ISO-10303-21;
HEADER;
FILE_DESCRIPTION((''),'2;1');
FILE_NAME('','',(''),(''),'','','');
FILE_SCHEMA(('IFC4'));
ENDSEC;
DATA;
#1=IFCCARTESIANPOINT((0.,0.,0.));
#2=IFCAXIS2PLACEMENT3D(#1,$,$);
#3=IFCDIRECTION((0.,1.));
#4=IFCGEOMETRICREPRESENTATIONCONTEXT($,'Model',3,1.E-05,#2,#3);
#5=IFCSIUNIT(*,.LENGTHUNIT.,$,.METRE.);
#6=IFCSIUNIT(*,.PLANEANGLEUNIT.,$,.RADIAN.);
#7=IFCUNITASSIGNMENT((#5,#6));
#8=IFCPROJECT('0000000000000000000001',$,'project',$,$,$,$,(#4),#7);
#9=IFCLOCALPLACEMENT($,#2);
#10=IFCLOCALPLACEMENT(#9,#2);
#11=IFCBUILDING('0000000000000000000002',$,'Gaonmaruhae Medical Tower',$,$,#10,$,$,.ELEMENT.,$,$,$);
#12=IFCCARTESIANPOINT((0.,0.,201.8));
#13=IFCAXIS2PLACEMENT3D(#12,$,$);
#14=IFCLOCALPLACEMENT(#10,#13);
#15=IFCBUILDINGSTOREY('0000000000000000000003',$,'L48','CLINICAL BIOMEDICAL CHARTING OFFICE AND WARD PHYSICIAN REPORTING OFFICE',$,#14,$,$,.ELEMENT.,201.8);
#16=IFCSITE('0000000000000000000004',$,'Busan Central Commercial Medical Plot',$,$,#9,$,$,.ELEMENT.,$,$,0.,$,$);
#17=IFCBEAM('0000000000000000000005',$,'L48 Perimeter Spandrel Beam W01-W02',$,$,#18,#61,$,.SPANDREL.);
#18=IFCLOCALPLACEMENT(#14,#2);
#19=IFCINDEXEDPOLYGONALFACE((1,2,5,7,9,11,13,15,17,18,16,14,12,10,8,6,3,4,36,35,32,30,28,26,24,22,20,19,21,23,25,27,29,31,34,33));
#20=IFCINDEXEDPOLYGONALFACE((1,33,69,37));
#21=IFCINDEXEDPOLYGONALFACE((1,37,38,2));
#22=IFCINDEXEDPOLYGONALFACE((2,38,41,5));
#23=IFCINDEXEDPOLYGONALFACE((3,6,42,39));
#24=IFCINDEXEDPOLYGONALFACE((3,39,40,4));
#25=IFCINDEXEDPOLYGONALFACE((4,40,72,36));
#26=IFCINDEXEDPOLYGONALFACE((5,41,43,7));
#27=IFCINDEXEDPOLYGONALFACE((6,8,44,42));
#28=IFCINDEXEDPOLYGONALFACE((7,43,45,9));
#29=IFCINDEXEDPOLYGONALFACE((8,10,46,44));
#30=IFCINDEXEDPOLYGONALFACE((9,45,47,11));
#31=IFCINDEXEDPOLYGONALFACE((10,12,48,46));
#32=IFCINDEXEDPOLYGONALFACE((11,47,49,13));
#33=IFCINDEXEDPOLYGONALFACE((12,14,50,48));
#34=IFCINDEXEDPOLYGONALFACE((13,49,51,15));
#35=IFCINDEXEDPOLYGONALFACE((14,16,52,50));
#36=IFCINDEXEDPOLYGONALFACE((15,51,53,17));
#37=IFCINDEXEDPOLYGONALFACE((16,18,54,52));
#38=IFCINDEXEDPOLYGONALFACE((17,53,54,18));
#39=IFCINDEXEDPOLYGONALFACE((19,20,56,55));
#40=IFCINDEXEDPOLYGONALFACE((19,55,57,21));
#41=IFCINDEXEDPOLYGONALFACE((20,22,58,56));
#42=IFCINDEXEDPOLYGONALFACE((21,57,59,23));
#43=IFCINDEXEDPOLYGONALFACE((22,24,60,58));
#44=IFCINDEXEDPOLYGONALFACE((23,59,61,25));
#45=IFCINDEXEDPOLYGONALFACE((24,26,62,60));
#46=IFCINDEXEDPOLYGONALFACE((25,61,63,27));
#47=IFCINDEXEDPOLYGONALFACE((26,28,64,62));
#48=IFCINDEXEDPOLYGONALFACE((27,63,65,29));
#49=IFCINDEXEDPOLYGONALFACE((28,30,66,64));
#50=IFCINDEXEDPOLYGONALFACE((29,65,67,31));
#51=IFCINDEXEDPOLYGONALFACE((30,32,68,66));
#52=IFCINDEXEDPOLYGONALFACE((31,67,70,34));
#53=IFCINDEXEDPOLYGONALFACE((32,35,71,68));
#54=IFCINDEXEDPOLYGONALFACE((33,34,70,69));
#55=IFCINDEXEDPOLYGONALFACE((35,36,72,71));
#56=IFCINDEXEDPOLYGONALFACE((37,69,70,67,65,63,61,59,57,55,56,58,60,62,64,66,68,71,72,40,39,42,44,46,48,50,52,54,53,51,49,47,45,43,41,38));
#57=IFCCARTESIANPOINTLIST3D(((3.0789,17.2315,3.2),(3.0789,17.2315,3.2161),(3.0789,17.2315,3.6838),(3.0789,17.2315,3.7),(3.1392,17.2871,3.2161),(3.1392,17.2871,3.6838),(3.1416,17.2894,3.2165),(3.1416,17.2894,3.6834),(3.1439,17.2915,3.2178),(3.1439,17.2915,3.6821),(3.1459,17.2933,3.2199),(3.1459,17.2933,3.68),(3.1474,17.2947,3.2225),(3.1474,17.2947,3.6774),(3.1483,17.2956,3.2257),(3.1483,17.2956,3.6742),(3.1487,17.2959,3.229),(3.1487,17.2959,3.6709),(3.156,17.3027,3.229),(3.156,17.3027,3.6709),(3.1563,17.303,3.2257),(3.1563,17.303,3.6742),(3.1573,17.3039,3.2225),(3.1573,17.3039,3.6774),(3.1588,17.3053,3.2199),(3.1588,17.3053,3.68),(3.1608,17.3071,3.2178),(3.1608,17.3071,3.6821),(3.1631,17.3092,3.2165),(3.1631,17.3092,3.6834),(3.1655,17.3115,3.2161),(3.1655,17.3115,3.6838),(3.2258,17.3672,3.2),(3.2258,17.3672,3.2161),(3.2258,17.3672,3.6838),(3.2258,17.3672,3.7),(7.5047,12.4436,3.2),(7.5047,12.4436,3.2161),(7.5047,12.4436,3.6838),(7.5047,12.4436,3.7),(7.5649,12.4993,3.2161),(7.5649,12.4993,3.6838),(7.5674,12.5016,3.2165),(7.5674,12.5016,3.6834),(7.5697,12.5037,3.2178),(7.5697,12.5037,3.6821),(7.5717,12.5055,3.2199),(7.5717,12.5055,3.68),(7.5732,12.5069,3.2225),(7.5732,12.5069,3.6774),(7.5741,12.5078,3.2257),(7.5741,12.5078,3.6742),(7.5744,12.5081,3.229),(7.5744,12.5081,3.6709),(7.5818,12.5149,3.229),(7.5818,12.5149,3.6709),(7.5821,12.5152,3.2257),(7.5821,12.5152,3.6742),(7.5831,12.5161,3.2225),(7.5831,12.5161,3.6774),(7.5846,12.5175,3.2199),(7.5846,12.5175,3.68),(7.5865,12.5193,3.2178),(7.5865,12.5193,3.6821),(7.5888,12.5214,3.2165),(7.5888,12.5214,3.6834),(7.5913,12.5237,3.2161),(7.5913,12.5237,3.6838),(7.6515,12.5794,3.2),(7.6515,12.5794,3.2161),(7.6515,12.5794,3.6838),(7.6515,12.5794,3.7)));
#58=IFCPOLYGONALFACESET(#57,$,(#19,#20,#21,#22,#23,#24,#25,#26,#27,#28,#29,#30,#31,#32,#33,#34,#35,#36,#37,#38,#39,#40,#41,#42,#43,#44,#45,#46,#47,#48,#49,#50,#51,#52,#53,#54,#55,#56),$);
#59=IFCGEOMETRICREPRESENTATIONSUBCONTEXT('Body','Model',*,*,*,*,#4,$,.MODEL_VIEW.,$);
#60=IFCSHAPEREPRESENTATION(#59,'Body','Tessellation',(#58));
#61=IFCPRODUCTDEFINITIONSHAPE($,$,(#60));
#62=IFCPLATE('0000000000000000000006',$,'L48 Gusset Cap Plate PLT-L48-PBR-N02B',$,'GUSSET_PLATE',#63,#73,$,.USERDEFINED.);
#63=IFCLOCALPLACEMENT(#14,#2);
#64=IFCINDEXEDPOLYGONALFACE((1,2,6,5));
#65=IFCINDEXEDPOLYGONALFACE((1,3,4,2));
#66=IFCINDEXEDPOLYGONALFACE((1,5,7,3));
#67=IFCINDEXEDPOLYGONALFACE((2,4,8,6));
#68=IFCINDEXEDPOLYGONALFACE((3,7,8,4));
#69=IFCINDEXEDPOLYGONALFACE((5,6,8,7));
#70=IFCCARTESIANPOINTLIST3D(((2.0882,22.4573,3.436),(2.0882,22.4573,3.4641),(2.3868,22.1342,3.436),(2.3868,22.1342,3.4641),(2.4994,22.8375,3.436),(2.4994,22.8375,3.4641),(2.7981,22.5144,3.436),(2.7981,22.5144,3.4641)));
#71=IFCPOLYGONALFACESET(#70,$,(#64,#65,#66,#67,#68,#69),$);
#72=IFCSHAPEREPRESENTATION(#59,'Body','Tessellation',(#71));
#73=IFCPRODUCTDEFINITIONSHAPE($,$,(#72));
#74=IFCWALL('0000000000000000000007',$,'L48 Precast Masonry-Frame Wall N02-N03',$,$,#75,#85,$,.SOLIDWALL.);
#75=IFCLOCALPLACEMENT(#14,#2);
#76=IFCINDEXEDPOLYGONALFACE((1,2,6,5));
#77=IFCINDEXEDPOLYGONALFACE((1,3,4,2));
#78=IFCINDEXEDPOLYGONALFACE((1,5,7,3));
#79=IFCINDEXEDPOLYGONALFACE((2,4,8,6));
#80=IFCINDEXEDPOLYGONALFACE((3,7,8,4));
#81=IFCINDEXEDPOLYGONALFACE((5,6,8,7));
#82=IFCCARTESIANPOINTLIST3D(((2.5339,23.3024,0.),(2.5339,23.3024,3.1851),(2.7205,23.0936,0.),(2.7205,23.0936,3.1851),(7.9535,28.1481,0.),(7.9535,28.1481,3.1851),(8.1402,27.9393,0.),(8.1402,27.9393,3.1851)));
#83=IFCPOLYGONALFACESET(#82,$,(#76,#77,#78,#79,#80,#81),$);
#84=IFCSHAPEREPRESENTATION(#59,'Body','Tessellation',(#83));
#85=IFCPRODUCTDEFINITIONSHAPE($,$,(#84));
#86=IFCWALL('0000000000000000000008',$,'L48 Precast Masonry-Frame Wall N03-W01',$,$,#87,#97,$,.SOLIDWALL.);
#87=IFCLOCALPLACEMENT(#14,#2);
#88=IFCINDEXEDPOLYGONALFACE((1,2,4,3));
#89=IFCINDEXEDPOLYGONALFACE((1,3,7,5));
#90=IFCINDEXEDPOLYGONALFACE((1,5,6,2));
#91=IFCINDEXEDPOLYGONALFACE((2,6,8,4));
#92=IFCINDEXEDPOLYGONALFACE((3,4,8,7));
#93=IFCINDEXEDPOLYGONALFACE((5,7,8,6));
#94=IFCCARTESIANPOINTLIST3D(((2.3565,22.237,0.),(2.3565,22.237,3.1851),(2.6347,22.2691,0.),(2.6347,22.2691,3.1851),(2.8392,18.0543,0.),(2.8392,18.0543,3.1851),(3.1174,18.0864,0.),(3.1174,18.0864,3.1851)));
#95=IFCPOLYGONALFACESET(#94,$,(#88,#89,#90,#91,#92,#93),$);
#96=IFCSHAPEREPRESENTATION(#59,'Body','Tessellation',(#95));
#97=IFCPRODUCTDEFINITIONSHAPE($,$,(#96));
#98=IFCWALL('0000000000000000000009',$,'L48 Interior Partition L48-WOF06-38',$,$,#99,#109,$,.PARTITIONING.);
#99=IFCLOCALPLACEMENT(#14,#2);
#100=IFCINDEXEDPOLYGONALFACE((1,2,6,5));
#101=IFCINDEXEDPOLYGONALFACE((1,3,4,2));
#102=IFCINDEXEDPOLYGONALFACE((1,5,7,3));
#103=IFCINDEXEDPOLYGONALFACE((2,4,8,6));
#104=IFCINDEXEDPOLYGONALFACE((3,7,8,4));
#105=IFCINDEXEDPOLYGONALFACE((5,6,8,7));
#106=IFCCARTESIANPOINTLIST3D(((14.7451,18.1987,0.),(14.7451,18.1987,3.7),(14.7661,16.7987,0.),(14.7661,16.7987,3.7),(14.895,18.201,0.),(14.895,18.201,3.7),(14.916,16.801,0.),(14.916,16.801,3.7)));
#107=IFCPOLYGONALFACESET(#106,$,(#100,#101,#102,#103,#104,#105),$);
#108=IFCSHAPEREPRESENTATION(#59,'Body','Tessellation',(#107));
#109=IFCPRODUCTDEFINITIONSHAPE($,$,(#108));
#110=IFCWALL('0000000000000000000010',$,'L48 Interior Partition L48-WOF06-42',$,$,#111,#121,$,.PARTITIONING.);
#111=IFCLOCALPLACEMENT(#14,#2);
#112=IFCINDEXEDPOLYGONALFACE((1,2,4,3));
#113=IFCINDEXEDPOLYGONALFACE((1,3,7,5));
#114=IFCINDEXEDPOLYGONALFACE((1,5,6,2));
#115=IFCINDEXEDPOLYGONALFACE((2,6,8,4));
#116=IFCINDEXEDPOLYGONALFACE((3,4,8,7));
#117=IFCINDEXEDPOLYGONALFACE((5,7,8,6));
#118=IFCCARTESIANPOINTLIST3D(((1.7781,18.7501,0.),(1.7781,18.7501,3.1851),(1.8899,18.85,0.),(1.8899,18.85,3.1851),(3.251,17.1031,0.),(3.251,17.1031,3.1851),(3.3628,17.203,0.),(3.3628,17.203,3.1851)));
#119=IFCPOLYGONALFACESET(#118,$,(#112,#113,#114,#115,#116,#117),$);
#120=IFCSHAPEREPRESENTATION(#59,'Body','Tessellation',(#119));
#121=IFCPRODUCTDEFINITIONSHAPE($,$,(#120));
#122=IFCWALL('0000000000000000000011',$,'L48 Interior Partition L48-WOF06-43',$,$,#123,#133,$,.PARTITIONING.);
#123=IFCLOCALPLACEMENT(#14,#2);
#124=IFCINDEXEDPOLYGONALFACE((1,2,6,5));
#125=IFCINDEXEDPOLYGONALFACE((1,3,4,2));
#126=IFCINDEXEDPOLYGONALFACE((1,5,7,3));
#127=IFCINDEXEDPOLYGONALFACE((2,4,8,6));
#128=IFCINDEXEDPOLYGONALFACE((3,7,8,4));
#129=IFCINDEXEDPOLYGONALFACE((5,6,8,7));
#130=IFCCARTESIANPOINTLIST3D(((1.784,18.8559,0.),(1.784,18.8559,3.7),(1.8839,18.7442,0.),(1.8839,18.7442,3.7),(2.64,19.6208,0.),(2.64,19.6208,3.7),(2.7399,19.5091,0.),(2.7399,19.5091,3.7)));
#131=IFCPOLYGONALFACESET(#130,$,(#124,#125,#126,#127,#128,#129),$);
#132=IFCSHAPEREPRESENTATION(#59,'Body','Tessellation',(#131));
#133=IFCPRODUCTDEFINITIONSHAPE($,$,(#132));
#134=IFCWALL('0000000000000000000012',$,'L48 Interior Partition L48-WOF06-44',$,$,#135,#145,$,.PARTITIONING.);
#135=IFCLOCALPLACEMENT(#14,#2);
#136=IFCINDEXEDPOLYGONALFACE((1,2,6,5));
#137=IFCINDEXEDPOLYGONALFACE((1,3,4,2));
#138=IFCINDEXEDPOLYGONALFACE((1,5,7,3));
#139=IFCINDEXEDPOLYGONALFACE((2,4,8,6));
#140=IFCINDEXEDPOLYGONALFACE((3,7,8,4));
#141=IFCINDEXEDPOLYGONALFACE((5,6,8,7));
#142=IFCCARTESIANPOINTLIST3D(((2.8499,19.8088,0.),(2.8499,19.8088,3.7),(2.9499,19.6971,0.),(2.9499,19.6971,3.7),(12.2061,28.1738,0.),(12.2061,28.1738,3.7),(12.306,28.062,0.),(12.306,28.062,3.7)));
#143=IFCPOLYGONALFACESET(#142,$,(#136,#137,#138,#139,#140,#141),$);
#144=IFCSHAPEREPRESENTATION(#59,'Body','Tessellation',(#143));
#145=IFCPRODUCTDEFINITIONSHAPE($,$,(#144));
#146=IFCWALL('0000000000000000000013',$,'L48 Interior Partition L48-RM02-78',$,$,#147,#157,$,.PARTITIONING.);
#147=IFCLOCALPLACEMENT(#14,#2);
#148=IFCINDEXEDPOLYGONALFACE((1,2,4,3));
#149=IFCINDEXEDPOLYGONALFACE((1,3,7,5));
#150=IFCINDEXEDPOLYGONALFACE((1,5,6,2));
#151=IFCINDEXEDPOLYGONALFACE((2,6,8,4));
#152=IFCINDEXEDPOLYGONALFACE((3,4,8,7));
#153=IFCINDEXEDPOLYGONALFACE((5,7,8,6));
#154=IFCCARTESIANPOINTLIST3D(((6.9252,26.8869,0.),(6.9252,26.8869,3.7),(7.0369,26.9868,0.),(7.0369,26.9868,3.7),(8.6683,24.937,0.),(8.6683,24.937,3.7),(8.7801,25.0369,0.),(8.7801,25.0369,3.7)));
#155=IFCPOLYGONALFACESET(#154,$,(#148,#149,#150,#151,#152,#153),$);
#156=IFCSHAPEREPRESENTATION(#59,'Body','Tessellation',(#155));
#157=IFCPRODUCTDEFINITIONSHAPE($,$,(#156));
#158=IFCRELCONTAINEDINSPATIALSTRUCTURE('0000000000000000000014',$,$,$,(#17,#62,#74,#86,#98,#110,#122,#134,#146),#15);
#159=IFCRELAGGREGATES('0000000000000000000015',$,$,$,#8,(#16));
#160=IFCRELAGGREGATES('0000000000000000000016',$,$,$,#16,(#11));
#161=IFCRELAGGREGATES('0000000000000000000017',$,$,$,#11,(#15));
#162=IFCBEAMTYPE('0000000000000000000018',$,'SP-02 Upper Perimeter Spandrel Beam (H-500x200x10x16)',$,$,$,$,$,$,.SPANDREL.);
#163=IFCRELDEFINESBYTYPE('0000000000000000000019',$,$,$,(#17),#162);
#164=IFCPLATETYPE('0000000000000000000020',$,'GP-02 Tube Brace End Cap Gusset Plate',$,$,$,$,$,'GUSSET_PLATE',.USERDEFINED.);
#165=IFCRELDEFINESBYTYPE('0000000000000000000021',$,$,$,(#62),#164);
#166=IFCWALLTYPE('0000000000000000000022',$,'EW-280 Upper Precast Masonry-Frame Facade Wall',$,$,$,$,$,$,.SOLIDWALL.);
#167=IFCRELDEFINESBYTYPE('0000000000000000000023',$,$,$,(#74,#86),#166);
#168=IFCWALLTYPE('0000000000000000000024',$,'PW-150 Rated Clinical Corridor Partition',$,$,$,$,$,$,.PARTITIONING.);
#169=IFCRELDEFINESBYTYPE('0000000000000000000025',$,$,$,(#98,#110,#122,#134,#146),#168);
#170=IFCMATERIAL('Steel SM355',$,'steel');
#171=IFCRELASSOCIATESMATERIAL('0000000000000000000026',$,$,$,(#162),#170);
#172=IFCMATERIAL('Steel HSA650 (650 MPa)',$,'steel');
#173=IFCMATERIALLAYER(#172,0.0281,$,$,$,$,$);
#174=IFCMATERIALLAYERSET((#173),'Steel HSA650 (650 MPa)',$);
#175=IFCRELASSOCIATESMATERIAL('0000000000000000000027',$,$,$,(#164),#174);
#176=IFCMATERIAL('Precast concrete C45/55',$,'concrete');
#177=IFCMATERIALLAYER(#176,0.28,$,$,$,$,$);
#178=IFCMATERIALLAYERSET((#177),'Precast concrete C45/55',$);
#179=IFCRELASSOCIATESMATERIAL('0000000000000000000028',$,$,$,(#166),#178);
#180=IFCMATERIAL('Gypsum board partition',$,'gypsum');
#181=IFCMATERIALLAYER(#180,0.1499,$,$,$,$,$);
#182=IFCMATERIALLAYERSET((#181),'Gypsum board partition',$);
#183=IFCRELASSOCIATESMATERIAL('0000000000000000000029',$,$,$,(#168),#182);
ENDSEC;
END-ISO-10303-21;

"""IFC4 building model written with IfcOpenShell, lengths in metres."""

from ifc_helpers import new_model, si_unit, direction, frame, frame_2d, origin, origin_2d, place, context, subcontext, project, spatial, rectangle, i_section, extrude, material, layer, layer_set, material_profile, profile_set, type_object, element, save


model = new_model("IFC4")

# Units and contexts
model_context = context("Model", 3, precision=1e-05, world=origin(), true_north=direction((0.0, 1.0)))
body_context = subcontext(model_context, "Body", "Model", "MODEL_VIEW")
ifc_project = project(units=[si_unit("LENGTHUNIT", "METRE"), si_unit("PLANEANGLEUNIT", "RADIAN")], contexts=[model_context])

# Site, building, storey
site_placement = place(None, origin())
site = spatial("IfcSite", under=ifc_project, at=site_placement, Name="Busan Central Commercial Medical Plot", CompositionType="ELEMENT", RefElevation=0.0)
building_placement = place(site_placement, origin())
building = spatial("IfcBuilding", under=site, at=building_placement, Name="Gaonmaruhae Medical Tower", CompositionType="ELEMENT")
storey_placement = place(building_placement, frame((0.0, 0.0, 201.8)))
storey = spatial("IfcBuildingStorey", under=building, at=storey_placement, Name="L48", Description="CLINICAL BIOMEDICAL CHARTING OFFICE AND WARD PHYSICIAN REPORTING OFFICE", CompositionType="ELEMENT", Elevation=201.8)

# Beam
ifc_material_1 = material(Name="Steel SM355", Category="steel")
ifc_material_profile_1 = material_profile(ifc_material_1, i_section(OverallWidth=0.2, OverallDepth=0.5, WebThickness=0.01, FlangeThickness=0.0161, FilletRadius=0.0129, at=origin_2d()), Name="H-500x200x10x16")
ifc_profile_set_1 = profile_set([ifc_material_profile_1], Name="Steel SM355")
beam_type_1 = type_object("IfcBeamType", Name="SP-02 Upper Perimeter Spandrel Beam (H-500x200x10x16)", PredefinedType="SPANDREL", material=ifc_profile_set_1)
beam_1_placement = place(storey_placement, frame((3.1523, 17.2993, 3.45), z_axis=(0.678796, -0.734327, 0.0), x_axis=(0.734327, 0.678796, 0.0)))
element("IfcBeam", 1, at=beam_1_placement, inside=storey, type_object=beam_type_1, Name="L48 Perimeter Spandrel Beam W01-W02", PredefinedType="SPANDREL", context=body_context, shape_type="SweptSolid", body=[
    extrude(i_section(OverallWidth=0.2, OverallDepth=0.5, WebThickness=0.01, FlangeThickness=0.0161, FilletRadius=0.0129, at=origin_2d()), origin(), (0.0, 0.0, 1.0), 6.52),
])

# Plate
ifc_material_2 = material(Name="Steel HSA650 (650 MPa)", Category="steel")
ifc_layer_1 = layer(ifc_material_2, 0.0281)
ifc_layer_set_1 = layer_set([ifc_layer_1], Name="Steel HSA650 (650 MPa)")
plate_type = type_object("IfcPlateType", Name="GP-02 Tube Brace End Cap Gusset Plate", ElementType="GUSSET_PLATE", PredefinedType="USERDEFINED", material=ifc_layer_set_1)
plate_placement = place(storey_placement, frame((2.4431, 22.4858, 3.436), z_axis=(0.0, 0.0, 1.0), x_axis=(0.734323, 0.678801, 0.0)))
element("IfcPlate", 2, at=plate_placement, inside=storey, type_object=plate_type, Name="L48 Gusset Cap Plate PLT-L48-PBR-N02B", ObjectType="GUSSET_PLATE", PredefinedType="USERDEFINED", context=body_context, shape_type="SweptSolid", body=[
    extrude(rectangle(XDim=0.5601, YDim=0.4399, at=origin_2d()), origin(), (0.0, 0.0, 1.0), 0.0281),
])

# Walls
ifc_material_3 = material(Name="Precast concrete C45/55", Category="concrete")
ifc_layer_2 = layer(ifc_material_3, 0.28)
ifc_layer_set_2 = layer_set([ifc_layer_2], Name="Precast concrete C45/55")
wall_type_1 = type_object("IfcWallType", Name="EW-280 Upper Precast Masonry-Frame Facade Wall", PredefinedType="SOLIDWALL", material=ifc_layer_set_2)
wall_1_placement = place(storey_placement, frame((2.6272, 23.198, 0.0), z_axis=(0.0, 0.0, 1.0), x_axis=(0.745479, 0.666529, 0.0)))
element("IfcWall", 3, at=wall_1_placement, inside=storey, type_object=wall_type_1, Name="L48 Precast Masonry-Frame Wall N02-N03", PredefinedType="SOLIDWALL", context=body_context, shape_type="SweptSolid", body=[
    extrude(rectangle(XDim=7.27, YDim=0.28, at=frame_2d((3.635, 0.0))), origin(), (0.0, 0.0, 1.0), 3.1851),
])
wall_2_placement = place(storey_placement, frame((2.9783, 18.0703, 0.0), z_axis=(0.0, 0.0, 1.0), x_axis=(-0.114637, 0.993407, 0.0)))
element("IfcWall", 4, at=wall_2_placement, inside=storey, type_object=wall_type_1, Name="L48 Precast Masonry-Frame Wall N03-W01", PredefinedType="SOLIDWALL", context=body_context, shape_type="SweptSolid", body=[
    extrude(rectangle(XDim=4.2104, YDim=0.28, at=frame_2d((2.1052, 0.0))), origin(), (0.0, 0.0, 1.0), 3.1851),
])
ifc_material_4 = material(Name="Gypsum board partition", Category="gypsum")
ifc_layer_3 = layer(ifc_material_4, 0.1499)
ifc_layer_set_3 = layer_set([ifc_layer_3], Name="Gypsum board partition")
wall_type_2 = type_object("IfcWallType", Name="PW-150 Rated Clinical Corridor Partition", PredefinedType="PARTITIONING", material=ifc_layer_set_3)
wall_3_placement = place(storey_placement, frame((14.8201, 18.2, 0.0), z_axis=(0.0, 0.0, 1.0), x_axis=(0.014997, -0.999888, 0.0)))
element("IfcWall", 5, at=wall_3_placement, inside=storey, type_object=wall_type_2, Name="L48 Interior Partition L48-WOF06-38", PredefinedType="PARTITIONING", context=body_context, shape_type="SweptSolid", body=[
    extrude(rectangle(XDim=1.4001, YDim=0.1499, at=frame_2d((0.7002, 0.0))), origin(), (0.0, 0.0, 1.0), 3.7),
])
wall_4_placement = place(storey_placement, frame((3.3069, 17.1531, 0.0), z_axis=(0.0, 0.0, 1.0), x_axis=(-0.666617, 0.7454, 0.0)))
element("IfcWall", 6, at=wall_4_placement, inside=storey, type_object=wall_type_2, Name="L48 Interior Partition L48-WOF06-42", PredefinedType="PARTITIONING", context=body_context, shape_type="SweptSolid", body=[
    extrude(rectangle(XDim=2.2095, YDim=0.1499, at=frame_2d((1.1047, 0.0))), origin(), (0.0, 0.0, 1.0), 3.1851),
])
wall_5_placement = place(storey_placement, frame((1.834, 18.8, 0.0), z_axis=(0.0, 0.0, 1.0), x_axis=(0.745658, 0.666328, 0.0)))
element("IfcWall", 7, at=wall_5_placement, inside=storey, type_object=wall_type_2, Name="L48 Interior Partition L48-WOF06-43", PredefinedType="PARTITIONING", context=body_context, shape_type="SweptSolid", body=[
    extrude(rectangle(XDim=1.1479, YDim=0.1499, at=frame_2d((0.574, 0.0))), origin(), (0.0, 0.0, 1.0), 3.7),
])
wall_6_placement = place(storey_placement, frame((2.8999, 19.7529, 0.0), z_axis=(0.0, 0.0, 1.0), x_axis=(0.745493, 0.666514, 0.0)))
element("IfcWall", 8, at=wall_6_placement, inside=storey, type_object=wall_type_2, Name="L48 Interior Partition L48-WOF06-44", PredefinedType="PARTITIONING", context=body_context, shape_type="SweptSolid", body=[
    extrude(rectangle(XDim=12.5503, YDim=0.1499, at=frame_2d((6.2751, 0.0))), origin(), (0.0, 0.0, 1.0), 3.7),
])
wall_7_placement = place(storey_placement, frame((8.7241, 24.9871, 0.0), z_axis=(0.0, 0.0, 1.0), x_axis=(-0.66647, 0.745532, 0.0)))
element("IfcWall", 9, at=wall_7_placement, inside=storey, type_object=wall_type_2, Name="L48 Interior Partition L48-RM02-78", PredefinedType="PARTITIONING", context=body_context, shape_type="SweptSolid", body=[
    extrude(rectangle(XDim=2.6155, YDim=0.1499, at=frame_2d((1.3076, 0.0))), origin(), (0.0, 0.0, 1.0), 3.7),
])

save(model, "model.ifc")
